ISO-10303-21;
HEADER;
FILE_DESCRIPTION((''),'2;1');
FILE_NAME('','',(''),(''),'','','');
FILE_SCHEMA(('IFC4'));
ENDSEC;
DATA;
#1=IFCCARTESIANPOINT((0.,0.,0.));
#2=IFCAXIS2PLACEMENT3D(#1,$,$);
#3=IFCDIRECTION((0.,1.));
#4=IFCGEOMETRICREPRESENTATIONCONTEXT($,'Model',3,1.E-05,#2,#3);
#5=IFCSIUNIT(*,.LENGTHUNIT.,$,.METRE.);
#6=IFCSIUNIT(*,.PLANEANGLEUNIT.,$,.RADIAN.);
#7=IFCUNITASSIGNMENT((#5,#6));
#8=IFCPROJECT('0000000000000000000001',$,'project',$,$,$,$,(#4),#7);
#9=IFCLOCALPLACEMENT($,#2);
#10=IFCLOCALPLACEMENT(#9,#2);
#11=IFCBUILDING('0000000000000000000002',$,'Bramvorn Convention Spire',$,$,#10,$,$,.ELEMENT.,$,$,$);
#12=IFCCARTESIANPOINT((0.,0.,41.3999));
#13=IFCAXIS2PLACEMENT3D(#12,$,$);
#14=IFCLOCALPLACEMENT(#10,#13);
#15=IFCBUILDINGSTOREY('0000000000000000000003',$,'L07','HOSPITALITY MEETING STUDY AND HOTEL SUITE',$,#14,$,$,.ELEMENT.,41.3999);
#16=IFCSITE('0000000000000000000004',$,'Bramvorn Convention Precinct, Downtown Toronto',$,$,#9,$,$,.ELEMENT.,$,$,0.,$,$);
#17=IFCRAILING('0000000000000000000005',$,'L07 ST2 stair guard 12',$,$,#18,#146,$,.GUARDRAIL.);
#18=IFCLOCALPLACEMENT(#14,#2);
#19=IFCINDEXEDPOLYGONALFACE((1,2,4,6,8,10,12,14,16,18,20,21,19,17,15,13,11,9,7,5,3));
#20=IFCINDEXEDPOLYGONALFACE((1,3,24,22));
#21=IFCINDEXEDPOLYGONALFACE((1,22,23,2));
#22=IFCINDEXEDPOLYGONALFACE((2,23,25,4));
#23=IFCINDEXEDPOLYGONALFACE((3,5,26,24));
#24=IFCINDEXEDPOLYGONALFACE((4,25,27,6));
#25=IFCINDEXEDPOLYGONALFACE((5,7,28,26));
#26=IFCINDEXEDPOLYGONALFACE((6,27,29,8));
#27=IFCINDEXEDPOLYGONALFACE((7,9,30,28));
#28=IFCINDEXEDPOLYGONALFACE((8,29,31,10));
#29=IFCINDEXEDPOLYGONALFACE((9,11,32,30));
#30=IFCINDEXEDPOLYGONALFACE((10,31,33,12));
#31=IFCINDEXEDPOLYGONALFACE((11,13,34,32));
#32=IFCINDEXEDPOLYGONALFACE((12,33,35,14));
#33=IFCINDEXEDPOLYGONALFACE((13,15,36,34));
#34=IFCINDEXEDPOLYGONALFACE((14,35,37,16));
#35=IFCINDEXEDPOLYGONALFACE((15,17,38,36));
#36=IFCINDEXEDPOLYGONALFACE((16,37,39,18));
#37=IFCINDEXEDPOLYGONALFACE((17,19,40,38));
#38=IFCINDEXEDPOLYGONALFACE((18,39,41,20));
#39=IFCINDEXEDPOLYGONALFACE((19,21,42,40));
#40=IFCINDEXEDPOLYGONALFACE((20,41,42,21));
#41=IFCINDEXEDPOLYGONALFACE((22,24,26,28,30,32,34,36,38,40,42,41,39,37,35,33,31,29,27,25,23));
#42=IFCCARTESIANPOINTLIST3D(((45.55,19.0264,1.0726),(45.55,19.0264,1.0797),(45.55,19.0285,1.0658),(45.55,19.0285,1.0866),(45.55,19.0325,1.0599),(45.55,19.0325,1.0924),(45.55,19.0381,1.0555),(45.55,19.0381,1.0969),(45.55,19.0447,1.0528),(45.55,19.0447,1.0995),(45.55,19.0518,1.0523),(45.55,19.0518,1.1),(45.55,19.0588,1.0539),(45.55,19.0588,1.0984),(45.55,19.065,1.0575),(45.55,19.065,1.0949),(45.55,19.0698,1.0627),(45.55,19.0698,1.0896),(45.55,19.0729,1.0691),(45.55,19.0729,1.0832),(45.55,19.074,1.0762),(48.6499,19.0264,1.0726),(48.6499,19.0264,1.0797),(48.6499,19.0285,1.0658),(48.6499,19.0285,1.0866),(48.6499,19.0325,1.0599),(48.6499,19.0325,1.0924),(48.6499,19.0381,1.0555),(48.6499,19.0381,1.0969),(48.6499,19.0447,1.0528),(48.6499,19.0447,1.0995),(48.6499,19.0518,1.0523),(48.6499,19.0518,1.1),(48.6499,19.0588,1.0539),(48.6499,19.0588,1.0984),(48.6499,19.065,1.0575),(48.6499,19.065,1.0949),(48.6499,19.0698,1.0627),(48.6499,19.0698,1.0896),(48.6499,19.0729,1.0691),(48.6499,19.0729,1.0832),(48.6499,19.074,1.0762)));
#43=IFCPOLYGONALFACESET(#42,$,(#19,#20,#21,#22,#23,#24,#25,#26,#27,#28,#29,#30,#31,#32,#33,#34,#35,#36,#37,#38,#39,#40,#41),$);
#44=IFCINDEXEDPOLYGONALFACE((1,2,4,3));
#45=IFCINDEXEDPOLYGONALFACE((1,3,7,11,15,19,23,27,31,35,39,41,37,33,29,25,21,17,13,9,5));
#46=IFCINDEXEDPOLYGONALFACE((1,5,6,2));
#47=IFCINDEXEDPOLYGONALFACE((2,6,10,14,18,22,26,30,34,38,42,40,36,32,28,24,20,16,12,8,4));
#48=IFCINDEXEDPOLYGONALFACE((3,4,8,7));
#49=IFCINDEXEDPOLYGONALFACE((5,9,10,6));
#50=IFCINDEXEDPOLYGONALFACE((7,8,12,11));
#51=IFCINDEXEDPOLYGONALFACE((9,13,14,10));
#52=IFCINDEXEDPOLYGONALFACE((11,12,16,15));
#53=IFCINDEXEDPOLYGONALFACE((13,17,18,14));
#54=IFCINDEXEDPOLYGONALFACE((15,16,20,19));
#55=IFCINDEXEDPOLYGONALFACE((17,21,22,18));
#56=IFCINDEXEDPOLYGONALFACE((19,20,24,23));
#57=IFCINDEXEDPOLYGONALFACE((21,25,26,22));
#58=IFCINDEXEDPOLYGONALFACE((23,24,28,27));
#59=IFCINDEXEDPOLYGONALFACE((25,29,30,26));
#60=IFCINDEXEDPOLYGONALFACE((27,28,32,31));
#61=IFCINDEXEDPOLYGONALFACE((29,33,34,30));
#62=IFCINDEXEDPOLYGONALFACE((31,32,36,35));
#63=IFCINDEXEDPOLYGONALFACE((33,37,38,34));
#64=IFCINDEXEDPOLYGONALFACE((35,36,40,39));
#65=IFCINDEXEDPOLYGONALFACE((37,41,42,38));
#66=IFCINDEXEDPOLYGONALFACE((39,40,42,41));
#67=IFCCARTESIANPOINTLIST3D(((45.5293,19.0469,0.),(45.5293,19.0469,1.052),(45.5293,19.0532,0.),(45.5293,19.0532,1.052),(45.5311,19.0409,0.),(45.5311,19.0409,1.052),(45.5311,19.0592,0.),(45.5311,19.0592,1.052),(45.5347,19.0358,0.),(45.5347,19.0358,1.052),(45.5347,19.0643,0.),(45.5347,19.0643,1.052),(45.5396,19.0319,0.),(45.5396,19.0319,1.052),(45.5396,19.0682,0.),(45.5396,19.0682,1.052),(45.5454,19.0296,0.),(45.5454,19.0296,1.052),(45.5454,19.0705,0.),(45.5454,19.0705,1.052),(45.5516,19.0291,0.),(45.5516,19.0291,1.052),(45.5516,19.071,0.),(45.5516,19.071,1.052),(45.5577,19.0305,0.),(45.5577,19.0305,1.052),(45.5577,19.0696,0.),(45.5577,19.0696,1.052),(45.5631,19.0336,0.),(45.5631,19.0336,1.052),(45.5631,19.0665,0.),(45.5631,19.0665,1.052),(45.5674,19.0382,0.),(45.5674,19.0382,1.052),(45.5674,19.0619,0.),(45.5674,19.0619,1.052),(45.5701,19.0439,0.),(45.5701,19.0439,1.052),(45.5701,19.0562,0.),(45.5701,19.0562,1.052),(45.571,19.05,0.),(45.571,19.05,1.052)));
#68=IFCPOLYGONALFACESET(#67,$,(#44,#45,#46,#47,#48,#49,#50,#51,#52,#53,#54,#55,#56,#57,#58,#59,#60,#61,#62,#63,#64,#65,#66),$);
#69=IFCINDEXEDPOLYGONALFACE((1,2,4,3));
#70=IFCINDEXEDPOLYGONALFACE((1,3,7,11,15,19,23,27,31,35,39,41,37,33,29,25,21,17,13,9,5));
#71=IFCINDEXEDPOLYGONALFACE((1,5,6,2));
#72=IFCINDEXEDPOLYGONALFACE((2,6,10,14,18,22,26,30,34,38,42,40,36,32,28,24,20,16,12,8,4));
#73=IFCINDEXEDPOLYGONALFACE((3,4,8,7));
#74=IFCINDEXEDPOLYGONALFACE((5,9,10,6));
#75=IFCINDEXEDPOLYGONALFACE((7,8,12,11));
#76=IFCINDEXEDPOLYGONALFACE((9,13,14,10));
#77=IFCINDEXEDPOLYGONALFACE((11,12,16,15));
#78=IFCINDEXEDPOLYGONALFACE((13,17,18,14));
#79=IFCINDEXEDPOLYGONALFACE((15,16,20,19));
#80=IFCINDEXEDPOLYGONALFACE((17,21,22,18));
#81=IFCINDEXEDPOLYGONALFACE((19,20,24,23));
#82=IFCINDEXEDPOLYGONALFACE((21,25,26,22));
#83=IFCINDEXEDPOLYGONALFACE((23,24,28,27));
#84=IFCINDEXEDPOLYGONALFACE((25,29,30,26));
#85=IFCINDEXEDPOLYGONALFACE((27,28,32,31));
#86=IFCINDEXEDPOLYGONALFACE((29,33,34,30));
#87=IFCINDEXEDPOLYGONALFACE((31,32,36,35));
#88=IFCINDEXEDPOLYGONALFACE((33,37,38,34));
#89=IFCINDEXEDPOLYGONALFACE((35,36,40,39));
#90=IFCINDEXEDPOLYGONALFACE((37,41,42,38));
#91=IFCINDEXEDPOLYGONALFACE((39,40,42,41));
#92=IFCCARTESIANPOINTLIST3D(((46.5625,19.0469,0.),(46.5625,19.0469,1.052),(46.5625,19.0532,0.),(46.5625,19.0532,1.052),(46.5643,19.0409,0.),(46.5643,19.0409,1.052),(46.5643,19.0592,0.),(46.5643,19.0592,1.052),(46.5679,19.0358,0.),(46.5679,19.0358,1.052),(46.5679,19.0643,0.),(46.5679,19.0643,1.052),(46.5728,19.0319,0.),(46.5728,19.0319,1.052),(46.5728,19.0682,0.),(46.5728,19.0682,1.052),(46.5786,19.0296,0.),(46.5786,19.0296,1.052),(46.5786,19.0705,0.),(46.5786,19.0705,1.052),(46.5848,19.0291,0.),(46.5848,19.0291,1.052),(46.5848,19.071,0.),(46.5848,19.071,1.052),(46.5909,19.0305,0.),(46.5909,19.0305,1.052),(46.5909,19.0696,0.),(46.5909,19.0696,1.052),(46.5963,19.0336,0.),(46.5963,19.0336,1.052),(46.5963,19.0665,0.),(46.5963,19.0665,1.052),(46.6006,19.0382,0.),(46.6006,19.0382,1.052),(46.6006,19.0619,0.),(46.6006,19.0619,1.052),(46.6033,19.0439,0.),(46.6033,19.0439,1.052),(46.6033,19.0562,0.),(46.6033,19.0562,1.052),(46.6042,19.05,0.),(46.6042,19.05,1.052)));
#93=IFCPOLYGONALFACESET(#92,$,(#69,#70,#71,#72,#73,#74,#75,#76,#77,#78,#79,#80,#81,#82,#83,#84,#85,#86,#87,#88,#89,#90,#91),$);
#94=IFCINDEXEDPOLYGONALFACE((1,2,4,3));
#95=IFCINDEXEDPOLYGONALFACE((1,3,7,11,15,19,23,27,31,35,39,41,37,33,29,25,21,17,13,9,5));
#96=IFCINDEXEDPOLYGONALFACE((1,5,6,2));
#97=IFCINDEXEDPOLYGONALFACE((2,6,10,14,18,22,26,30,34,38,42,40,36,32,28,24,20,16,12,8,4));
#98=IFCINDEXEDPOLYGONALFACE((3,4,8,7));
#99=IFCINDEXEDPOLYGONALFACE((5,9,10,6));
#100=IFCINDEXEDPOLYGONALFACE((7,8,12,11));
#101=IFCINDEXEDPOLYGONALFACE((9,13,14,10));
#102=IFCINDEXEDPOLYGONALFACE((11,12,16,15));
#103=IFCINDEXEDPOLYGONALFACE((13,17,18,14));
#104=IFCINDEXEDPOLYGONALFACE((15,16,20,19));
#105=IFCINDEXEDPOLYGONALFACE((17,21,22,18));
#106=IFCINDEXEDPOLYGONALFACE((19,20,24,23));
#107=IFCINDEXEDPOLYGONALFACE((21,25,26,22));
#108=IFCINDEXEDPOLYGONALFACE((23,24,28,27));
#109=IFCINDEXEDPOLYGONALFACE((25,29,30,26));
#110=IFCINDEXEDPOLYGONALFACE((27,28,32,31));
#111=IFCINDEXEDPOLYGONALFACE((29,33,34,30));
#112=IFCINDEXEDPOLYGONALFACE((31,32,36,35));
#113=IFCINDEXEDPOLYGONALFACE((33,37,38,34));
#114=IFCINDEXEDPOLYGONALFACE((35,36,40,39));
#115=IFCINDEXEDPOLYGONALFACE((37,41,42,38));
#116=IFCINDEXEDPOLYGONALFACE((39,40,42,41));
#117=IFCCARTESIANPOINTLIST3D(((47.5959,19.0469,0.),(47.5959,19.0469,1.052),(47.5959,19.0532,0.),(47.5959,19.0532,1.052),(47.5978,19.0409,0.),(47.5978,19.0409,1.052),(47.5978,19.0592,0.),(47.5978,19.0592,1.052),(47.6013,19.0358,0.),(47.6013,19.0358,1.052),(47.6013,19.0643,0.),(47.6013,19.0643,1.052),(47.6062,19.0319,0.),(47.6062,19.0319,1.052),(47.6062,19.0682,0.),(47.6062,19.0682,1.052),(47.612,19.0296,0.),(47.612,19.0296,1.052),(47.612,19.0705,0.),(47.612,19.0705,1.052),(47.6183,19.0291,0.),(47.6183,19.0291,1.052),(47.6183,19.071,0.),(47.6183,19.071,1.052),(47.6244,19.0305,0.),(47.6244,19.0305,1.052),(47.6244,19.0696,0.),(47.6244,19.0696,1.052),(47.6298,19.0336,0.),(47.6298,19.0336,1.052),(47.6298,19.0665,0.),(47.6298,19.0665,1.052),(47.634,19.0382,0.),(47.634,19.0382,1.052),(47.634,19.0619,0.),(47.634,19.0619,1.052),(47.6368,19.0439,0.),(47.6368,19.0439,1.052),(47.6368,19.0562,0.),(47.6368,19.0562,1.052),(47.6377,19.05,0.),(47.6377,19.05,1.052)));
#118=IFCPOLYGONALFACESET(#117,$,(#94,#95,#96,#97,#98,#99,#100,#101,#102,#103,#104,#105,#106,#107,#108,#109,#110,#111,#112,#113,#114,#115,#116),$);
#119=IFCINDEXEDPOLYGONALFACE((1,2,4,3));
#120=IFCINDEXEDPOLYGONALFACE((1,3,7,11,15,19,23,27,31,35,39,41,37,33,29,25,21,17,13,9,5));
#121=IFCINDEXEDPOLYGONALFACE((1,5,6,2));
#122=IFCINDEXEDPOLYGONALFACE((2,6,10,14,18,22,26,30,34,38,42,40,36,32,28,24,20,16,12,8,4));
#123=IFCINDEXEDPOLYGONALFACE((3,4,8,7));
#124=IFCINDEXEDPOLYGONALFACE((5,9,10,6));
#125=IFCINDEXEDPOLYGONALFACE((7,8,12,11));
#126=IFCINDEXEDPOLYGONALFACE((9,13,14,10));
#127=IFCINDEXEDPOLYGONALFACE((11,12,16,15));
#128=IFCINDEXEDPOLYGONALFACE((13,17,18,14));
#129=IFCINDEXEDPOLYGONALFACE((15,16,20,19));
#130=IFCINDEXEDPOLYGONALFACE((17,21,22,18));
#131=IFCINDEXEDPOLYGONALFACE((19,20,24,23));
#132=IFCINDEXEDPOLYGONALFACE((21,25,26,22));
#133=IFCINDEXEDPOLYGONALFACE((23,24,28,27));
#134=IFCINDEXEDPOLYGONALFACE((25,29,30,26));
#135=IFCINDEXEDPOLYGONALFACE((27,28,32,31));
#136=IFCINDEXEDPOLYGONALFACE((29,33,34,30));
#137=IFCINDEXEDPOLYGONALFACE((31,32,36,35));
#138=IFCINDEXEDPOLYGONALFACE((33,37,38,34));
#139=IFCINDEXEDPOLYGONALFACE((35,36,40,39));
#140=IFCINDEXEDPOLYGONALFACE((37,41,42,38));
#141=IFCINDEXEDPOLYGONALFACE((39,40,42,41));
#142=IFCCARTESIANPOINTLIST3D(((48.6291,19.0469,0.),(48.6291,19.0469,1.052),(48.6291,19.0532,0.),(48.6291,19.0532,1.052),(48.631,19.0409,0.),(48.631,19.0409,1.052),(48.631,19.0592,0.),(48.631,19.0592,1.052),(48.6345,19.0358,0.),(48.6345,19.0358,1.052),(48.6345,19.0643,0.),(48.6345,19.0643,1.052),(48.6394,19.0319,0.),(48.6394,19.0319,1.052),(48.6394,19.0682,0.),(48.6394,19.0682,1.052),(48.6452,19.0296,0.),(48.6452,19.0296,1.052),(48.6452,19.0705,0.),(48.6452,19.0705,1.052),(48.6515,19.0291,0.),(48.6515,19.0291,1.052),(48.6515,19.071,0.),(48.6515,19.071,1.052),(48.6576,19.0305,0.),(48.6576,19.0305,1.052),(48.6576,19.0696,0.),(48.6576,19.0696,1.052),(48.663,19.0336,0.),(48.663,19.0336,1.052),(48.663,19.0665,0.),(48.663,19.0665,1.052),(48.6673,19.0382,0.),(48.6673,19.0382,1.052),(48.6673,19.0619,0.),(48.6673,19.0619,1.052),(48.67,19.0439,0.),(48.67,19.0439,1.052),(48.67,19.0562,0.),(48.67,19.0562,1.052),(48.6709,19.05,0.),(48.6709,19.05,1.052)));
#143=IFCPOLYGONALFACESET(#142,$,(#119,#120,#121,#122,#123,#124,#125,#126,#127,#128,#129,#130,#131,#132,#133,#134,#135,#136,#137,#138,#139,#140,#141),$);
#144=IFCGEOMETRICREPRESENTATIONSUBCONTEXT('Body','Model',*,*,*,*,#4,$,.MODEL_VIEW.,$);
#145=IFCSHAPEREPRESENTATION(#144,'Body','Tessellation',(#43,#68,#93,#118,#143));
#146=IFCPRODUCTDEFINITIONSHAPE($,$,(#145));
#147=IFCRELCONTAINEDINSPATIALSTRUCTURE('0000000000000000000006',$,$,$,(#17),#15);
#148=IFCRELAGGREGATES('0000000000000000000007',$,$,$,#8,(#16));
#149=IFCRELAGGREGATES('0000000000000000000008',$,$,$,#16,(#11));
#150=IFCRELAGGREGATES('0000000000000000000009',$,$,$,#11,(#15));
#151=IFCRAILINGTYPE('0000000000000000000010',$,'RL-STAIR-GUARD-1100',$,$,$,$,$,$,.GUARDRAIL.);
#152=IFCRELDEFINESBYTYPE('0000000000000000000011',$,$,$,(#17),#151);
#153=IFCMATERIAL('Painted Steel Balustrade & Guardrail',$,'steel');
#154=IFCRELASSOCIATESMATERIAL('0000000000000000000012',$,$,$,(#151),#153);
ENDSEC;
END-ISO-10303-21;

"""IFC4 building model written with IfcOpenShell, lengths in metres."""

from ifc_helpers import new_model, si_unit, direction, frame, origin, origin_2d, place, context, subcontext, project, spatial, circle, extrude, material, type_object, element, save


model = new_model("IFC4")

# Units and contexts
model_context = context("Model", 3, precision=1e-05, world=origin(), true_north=direction((0.0, 1.0)))
body_context = subcontext(model_context, "Body", "Model", "MODEL_VIEW")
ifc_project = project(units=[si_unit("LENGTHUNIT", "METRE"), si_unit("PLANEANGLEUNIT", "RADIAN")], contexts=[model_context])

# Site, building, storey
site_placement = place(None, origin())
site = spatial("IfcSite", under=ifc_project, at=site_placement, Name="Bramvorn Convention Precinct, Downtown Toronto", CompositionType="ELEMENT", RefElevation=0.0)
building_placement = place(site_placement, origin())
building = spatial("IfcBuilding", under=site, at=building_placement, Name="Bramvorn Convention Spire", CompositionType="ELEMENT")
storey_placement = place(building_placement, frame((0.0, 0.0, 41.3999)))
storey = spatial("IfcBuildingStorey", under=building, at=storey_placement, Name="L07", Description="HOSPITALITY MEETING STUDY AND HOTEL SUITE", CompositionType="ELEMENT", Elevation=41.3999)

# Railing
ifc_material_1 = material(Name="Painted Steel Balustrade & Guardrail", Category="steel")
railing_type_1 = type_object("IfcRailingType", Name="RL-STAIR-GUARD-1100", PredefinedType="GUARDRAIL", material=ifc_material_1)
railing_1_placement = place(storey_placement, frame((45.55, 19.05, 0.0)))
element("IfcRailing", 1, at=railing_1_placement, inside=storey, type_object=railing_type_1, Name="L07 ST2 stair guard 12", PredefinedType="GUARDRAIL", context=body_context, shape_type="SweptSolid", body=[
    extrude(circle(Radius=0.0239, at=origin_2d()), frame((0.0, 0.0, 1.0762), z_axis=(1.0, 0.0, 0.0), x_axis=(0.0, 1.0, 0.0)), (0.0, 0.0, 1.0), 3.0999),
    extrude(circle(Radius=0.021, at=origin_2d()), origin(), (0.0, 0.0, 1.0), 1.052),
    extrude(circle(Radius=0.021, at=origin_2d()), frame((1.0332, 0.0, 0.0)), (0.0, 0.0, 1.0), 1.052),
    extrude(circle(Radius=0.021, at=origin_2d()), frame((2.0667, 0.0, 0.0)), (0.0, 0.0, 1.0), 1.052),
    extrude(circle(Radius=0.021, at=origin_2d()), frame((3.0999, 0.0, 0.0)), (0.0, 0.0, 1.0), 1.052),
])

save(model, "model.ifc")
